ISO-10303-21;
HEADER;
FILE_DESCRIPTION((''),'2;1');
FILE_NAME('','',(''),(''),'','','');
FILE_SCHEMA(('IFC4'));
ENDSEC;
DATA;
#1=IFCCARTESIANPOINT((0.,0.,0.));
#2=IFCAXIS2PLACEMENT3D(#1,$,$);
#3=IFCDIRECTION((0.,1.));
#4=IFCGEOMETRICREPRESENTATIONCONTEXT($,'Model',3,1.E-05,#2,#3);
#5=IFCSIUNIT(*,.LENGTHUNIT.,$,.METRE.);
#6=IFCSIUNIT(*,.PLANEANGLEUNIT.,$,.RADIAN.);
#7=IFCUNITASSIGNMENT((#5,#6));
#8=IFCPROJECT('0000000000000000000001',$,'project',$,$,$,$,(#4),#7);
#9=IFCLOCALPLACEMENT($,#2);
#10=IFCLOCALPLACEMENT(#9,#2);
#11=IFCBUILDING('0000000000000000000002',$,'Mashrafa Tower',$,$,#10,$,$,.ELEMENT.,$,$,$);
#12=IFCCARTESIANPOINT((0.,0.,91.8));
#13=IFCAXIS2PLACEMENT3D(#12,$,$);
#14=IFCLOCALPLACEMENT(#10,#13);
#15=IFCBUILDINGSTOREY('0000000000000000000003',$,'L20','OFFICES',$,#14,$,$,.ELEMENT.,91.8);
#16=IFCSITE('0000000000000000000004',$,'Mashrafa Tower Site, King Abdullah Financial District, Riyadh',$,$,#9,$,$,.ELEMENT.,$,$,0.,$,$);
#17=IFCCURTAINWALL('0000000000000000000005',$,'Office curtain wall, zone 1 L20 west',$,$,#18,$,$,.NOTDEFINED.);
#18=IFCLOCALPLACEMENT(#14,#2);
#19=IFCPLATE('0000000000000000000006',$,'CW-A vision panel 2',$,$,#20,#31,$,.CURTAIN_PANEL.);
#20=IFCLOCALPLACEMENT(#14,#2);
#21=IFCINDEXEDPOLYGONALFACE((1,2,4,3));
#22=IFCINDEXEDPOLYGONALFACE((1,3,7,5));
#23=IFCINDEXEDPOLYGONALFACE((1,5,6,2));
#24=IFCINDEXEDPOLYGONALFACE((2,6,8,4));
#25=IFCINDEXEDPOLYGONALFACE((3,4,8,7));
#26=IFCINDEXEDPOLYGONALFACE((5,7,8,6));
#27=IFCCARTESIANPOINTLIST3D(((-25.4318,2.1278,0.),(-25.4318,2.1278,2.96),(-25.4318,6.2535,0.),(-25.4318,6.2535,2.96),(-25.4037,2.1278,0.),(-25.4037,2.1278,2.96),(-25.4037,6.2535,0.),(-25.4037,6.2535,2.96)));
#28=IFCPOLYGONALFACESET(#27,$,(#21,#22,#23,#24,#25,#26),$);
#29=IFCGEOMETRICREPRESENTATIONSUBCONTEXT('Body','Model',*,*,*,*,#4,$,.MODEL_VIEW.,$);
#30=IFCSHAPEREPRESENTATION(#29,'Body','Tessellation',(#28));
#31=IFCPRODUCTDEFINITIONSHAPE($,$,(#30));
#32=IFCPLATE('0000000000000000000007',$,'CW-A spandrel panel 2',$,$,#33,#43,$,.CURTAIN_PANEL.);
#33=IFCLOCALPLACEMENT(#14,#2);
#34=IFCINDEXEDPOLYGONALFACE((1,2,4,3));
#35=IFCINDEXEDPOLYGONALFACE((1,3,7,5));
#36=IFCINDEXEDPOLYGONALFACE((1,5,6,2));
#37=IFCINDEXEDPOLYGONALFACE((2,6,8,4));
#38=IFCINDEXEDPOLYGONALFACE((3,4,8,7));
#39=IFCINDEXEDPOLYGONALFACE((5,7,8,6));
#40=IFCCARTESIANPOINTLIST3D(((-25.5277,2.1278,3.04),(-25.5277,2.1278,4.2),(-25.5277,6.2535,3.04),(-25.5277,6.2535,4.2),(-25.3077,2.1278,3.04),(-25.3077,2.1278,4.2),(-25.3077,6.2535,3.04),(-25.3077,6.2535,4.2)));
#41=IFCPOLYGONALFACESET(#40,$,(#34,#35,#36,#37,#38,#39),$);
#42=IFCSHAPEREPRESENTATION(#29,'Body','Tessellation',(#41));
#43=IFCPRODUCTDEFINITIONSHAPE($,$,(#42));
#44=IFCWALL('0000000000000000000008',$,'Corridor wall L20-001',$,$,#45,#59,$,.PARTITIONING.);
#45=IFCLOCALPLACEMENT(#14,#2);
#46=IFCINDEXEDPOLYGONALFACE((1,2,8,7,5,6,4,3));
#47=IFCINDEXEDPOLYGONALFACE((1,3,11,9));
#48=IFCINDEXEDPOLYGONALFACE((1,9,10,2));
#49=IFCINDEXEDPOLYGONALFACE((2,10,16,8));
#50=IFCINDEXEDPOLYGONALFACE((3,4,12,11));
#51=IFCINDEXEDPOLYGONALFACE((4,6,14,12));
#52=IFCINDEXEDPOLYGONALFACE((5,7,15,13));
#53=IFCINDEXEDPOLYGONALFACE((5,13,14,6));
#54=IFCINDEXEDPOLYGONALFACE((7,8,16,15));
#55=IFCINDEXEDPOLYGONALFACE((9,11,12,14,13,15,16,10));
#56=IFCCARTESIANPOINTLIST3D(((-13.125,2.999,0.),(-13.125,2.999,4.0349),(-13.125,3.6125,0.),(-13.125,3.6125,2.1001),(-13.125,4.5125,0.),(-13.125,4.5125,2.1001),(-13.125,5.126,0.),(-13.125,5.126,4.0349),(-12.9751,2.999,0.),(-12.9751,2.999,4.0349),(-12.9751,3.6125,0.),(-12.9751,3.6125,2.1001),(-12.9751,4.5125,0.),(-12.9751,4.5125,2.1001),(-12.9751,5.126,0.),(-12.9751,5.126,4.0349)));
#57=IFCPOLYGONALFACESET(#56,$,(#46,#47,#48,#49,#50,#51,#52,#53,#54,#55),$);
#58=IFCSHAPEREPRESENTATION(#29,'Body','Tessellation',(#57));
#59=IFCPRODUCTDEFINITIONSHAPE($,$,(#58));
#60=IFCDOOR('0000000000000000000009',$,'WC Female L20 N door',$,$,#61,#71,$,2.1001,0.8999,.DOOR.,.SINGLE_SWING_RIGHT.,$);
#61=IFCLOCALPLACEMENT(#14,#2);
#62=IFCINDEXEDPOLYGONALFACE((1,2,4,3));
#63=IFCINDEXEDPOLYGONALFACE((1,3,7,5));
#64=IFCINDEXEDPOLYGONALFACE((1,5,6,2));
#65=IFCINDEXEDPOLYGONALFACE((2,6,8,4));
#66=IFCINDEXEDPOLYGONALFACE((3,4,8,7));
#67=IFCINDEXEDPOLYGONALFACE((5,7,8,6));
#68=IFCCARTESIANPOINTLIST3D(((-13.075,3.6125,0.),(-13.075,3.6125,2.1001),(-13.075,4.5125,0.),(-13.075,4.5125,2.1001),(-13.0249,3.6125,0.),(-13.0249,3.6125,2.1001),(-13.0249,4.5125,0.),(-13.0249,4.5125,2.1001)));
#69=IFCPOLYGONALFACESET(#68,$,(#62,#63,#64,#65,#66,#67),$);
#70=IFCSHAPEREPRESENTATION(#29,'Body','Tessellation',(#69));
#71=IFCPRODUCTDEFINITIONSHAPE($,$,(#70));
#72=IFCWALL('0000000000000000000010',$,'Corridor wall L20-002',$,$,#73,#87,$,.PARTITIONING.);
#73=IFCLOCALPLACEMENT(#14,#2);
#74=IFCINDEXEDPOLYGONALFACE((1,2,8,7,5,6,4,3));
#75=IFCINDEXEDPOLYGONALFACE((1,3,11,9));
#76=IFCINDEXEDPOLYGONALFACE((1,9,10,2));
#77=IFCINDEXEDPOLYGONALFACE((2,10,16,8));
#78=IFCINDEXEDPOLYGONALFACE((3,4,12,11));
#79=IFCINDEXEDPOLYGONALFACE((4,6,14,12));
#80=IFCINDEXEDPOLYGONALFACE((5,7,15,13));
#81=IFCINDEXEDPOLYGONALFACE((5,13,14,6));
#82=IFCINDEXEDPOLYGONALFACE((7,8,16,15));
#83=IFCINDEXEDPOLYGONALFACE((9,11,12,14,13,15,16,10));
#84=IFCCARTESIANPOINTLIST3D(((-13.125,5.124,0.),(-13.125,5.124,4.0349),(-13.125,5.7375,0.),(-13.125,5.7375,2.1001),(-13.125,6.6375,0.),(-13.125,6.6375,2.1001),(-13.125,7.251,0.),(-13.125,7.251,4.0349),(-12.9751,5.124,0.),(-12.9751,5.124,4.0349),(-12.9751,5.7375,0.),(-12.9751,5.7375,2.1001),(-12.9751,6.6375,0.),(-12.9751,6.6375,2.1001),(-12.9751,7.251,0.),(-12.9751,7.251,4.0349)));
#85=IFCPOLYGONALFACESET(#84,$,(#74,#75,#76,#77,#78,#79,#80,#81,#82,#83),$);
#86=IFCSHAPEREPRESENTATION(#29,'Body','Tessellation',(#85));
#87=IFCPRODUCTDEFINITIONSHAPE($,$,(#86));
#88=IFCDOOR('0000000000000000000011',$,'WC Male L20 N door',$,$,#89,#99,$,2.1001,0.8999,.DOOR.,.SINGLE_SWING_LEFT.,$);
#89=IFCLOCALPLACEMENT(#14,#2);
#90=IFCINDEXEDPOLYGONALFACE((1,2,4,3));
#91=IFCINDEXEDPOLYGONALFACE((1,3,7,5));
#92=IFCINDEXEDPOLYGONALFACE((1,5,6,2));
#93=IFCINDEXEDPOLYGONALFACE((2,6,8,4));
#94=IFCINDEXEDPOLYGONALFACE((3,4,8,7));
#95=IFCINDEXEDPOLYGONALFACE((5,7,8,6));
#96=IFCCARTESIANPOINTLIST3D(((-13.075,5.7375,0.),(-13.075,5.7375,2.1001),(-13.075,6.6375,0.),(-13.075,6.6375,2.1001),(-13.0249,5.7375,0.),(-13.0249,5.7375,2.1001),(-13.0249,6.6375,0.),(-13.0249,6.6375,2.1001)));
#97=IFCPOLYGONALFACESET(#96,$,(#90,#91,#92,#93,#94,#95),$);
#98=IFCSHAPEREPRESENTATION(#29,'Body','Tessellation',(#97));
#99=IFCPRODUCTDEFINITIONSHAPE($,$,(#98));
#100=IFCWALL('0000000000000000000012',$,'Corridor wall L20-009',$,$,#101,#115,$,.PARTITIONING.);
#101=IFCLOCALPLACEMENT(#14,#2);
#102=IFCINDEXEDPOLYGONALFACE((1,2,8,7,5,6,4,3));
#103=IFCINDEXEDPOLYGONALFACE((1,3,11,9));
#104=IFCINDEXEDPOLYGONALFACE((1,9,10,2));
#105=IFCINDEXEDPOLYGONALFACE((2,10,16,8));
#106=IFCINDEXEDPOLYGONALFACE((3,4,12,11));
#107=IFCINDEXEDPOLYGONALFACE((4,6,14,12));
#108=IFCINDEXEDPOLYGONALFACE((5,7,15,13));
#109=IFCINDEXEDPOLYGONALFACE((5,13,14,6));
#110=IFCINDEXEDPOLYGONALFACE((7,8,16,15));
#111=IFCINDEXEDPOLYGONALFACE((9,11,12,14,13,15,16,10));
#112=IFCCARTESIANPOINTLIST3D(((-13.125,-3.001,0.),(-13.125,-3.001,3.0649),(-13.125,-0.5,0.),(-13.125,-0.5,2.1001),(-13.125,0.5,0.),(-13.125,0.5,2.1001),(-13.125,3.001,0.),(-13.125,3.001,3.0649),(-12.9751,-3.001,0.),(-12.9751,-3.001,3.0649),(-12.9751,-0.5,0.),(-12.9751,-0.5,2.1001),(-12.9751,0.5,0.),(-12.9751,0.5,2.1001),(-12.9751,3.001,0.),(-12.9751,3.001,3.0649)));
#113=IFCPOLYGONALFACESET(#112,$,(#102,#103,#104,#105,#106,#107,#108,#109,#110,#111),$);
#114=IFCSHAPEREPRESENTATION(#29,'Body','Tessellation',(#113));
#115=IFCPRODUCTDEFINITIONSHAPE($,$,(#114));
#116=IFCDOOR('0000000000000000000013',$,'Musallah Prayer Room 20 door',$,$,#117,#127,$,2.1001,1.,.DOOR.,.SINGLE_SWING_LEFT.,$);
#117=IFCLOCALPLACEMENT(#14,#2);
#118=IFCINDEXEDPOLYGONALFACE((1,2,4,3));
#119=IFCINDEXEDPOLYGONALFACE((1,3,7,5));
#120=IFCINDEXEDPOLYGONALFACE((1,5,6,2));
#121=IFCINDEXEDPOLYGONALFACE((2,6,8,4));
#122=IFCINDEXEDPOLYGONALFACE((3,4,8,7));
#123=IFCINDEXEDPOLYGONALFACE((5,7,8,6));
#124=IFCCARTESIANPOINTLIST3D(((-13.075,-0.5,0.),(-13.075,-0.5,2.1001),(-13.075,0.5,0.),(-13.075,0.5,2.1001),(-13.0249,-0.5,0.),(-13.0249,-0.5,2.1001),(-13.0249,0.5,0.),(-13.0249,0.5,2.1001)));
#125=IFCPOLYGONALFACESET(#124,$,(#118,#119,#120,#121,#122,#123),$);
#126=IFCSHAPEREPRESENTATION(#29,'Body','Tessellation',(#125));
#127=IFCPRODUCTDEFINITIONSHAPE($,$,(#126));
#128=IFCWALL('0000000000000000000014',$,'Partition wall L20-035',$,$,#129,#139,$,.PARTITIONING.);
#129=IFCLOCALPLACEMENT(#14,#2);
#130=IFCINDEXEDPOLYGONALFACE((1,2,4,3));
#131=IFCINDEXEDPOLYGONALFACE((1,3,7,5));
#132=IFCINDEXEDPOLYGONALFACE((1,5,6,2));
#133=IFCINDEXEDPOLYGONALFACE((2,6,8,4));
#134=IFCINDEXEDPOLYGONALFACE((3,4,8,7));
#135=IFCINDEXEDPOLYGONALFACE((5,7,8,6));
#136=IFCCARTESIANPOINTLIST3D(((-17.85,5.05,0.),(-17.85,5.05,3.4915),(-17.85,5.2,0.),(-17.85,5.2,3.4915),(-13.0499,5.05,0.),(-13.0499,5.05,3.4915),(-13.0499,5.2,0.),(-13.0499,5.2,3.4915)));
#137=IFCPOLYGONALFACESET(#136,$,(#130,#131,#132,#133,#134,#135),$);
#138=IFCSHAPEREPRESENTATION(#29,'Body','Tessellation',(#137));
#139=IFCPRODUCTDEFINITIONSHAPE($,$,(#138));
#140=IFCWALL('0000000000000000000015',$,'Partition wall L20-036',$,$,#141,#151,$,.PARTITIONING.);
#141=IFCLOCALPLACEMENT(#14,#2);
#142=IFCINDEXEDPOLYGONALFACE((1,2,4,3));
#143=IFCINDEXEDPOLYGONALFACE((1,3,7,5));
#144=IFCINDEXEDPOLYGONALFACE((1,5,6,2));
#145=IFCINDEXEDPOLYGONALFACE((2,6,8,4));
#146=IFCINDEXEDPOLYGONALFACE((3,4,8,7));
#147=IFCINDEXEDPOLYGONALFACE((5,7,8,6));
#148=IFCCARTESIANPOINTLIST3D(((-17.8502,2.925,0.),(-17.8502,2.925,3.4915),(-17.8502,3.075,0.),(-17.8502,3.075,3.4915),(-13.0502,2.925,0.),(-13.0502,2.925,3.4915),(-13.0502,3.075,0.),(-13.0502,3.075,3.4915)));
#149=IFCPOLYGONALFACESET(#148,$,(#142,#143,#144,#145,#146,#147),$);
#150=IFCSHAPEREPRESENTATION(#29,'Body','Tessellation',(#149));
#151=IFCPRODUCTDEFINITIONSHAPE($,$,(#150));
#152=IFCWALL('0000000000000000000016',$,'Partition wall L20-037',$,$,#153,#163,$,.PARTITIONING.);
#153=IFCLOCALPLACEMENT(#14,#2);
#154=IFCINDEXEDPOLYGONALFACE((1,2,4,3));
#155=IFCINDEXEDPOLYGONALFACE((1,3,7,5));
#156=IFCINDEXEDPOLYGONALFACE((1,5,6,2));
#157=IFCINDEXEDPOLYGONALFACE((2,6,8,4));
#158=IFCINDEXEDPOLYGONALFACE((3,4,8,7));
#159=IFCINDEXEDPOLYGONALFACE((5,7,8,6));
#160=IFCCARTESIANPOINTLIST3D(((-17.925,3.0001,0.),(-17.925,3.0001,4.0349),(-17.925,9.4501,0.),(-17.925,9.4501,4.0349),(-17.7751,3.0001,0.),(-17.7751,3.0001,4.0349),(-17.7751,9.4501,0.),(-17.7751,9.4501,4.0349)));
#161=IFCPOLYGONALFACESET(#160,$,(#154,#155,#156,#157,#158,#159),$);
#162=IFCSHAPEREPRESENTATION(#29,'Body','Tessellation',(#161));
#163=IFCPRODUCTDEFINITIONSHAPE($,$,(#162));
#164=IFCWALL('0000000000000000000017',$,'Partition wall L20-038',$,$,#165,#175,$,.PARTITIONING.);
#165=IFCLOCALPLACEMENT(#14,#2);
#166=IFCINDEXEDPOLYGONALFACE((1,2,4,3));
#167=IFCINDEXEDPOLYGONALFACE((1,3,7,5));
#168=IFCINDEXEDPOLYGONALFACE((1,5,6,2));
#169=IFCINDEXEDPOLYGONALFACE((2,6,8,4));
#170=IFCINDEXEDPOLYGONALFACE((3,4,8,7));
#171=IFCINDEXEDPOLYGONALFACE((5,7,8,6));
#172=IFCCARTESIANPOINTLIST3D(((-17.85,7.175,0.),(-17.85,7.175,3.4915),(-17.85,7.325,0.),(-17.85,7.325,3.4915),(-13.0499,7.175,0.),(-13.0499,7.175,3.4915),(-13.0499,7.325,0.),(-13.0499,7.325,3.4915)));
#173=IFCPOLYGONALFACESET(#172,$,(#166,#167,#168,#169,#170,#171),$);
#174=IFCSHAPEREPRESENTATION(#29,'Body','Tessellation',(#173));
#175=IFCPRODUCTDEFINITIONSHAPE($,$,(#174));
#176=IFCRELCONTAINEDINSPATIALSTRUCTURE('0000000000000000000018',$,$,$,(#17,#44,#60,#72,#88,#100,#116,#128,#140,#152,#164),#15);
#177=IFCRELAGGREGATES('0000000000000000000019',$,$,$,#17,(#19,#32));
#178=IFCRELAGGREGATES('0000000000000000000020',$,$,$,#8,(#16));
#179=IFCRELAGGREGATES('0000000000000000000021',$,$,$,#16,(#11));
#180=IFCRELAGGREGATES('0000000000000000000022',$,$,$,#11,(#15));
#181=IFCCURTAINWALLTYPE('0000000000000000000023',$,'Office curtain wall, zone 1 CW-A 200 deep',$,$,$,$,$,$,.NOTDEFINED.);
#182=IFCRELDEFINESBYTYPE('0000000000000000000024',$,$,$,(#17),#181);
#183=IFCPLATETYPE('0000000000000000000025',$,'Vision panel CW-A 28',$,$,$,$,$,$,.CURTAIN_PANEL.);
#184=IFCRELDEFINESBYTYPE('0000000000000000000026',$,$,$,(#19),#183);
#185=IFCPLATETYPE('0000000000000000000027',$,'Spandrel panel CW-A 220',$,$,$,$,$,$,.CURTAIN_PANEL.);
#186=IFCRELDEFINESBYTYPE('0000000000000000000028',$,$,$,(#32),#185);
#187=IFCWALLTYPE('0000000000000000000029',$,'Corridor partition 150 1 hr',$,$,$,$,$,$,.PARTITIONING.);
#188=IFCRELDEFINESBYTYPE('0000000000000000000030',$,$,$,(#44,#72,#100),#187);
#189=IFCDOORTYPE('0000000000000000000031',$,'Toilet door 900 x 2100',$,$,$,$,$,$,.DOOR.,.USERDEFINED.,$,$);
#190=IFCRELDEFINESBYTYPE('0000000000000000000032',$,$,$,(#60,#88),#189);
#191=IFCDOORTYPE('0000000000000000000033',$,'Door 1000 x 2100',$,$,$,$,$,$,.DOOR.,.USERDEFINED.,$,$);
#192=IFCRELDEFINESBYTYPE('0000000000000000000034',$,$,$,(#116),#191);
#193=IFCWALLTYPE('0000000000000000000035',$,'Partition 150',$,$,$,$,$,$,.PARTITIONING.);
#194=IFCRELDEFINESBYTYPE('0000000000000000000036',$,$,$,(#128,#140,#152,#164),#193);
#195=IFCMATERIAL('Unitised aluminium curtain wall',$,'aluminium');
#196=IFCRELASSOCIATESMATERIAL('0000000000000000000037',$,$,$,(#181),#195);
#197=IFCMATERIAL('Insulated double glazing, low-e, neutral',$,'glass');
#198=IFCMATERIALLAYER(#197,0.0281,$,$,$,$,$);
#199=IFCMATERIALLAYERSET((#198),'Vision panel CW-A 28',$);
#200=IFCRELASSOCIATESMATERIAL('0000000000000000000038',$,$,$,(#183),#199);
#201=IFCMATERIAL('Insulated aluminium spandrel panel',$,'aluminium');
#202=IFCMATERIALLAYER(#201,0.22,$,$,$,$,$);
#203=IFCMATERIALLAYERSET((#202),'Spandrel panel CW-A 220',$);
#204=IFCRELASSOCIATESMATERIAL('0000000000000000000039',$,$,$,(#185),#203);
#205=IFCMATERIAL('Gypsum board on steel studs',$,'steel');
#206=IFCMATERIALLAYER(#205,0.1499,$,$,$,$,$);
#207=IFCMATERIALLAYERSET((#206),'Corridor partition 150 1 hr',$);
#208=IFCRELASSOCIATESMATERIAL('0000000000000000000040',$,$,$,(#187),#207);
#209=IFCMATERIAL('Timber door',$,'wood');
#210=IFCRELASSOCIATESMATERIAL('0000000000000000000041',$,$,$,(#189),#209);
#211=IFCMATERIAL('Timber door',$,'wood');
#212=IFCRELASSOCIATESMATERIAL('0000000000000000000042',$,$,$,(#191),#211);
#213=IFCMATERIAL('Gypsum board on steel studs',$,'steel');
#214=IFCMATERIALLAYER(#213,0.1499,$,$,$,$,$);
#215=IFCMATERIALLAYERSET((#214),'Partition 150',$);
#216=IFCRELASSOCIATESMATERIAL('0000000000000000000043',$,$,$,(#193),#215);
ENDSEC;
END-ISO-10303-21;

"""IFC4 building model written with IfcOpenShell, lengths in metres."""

from ifc_helpers import new_model, si_unit, direction, frame, frame_2d, origin, origin_2d, place, context, subcontext, project, spatial, rectangle, extrude, source, transform, mapped, material, layer, layer_set, type_object, element, fill, aggregate, save


model = new_model("IFC4")

# Units and contexts
model_context = context("Model", 3, precision=1e-05, world=origin(), true_north=direction((0.0, 1.0)))
body_context = subcontext(model_context, "Body", "Model", "MODEL_VIEW")
ifc_project = project(units=[si_unit("LENGTHUNIT", "METRE"), si_unit("PLANEANGLEUNIT", "RADIAN")], contexts=[model_context])

# Site, building, storey
site_placement = place(None, origin())
site = spatial("IfcSite", under=ifc_project, at=site_placement, Name="Mashrafa Tower Site, King Abdullah Financial District, Riyadh", CompositionType="ELEMENT", RefElevation=0.0)
building_placement = place(site_placement, origin())
building = spatial("IfcBuilding", under=site, at=building_placement, Name="Mashrafa Tower", CompositionType="ELEMENT")
storey_placement = place(building_placement, frame((0.0, 0.0, 91.8)))
storey = spatial("IfcBuildingStorey", under=building, at=storey_placement, Name="L20", Description="OFFICES", CompositionType="ELEMENT", Elevation=91.8)

# Curtain wall, plates
ifc_material_1 = material(Name="Unitised aluminium curtain wall", Category="aluminium")
curtain_wall_type = type_object("IfcCurtainWallType", Name="Office curtain wall, zone 1 CW-A 200 deep", PredefinedType="NOTDEFINED", material=ifc_material_1)
curtain_wall_placement = place(storey_placement, origin())
curtain_wall = element("IfcCurtainWall", 1, at=curtain_wall_placement, inside=storey, type_object=curtain_wall_type, Name="Office curtain wall, zone 1 L20 west", PredefinedType="NOTDEFINED")
ifc_material_2 = material(Name="Insulated double glazing, low-e, neutral", Category="glass")
ifc_layer_1 = layer(ifc_material_2, 0.0281)
ifc_layer_set_1 = layer_set([ifc_layer_1], Name="Vision panel CW-A 28")
plate_type_1 = type_object("IfcPlateType", Name="Vision panel CW-A 28", PredefinedType="CURTAIN_PANEL", material=ifc_layer_set_1)
ifc_material_3 = material(Name="Insulated aluminium spandrel panel", Category="aluminium")
ifc_layer_2 = layer(ifc_material_3, 0.22)
ifc_layer_set_2 = layer_set([ifc_layer_2], Name="Spandrel panel CW-A 220")
plate_type_2 = type_object("IfcPlateType", Name="Spandrel panel CW-A 220", PredefinedType="CURTAIN_PANEL", material=ifc_layer_set_2)
shared_shape_1 = source(origin(), body_context, "Body", "SweptSolid", [
    extrude(rectangle(XDim=4.1257, YDim=0.0281, at=origin_2d()), origin(), (0.0, 0.0, 1.0), 2.96),
])
plate_1_placement = place(storey_placement, frame((-25.4177, 4.1907, 0.0), z_axis=(0.0, 0.0, 1.0), x_axis=(0.0, -1.0, 0.0)))
plate_1 = element("IfcPlate", 2, at=plate_1_placement, type_object=plate_type_1, Name="CW-A vision panel 2", PredefinedType="CURTAIN_PANEL", context=body_context, shape_type="MappedRepresentation", body=[
    mapped(shared_shape_1, transform((0.0, 0.0, 0.0))),
])
shared_shape_2 = source(origin(), body_context, "Body", "SweptSolid", [
    extrude(rectangle(XDim=4.1257, YDim=0.22, at=origin_2d()), origin(), (0.0, 0.0, 1.0), 1.1599),
])
plate_2_placement = place(storey_placement, frame((-25.4177, 4.1907, 3.04), z_axis=(0.0, 0.0, 1.0), x_axis=(0.0, -1.0, 0.0)))
plate_2 = element("IfcPlate", 3, at=plate_2_placement, type_object=plate_type_2, Name="CW-A spandrel panel 2", PredefinedType="CURTAIN_PANEL", context=body_context, shape_type="MappedRepresentation", body=[
    mapped(shared_shape_2, transform((0.0, 0.0, 0.0))),
])
aggregate(curtain_wall, [plate_1, plate_2])

# Walls, openings, doors
ifc_material_4 = material(Name="Gypsum board on steel studs", Category="steel")
ifc_layer_3 = layer(ifc_material_4, 0.1499)
ifc_layer_set_3 = layer_set([ifc_layer_3], Name="Corridor partition 150 1 hr")
wall_type_1 = type_object("IfcWallType", Name="Corridor partition 150 1 hr", PredefinedType="PARTITIONING", material=ifc_layer_set_3)
wall_1_placement = place(storey_placement, frame((-13.05, 5.126, 0.0), z_axis=(0.0, 0.0, 1.0), x_axis=(0.0, -1.0, 0.0)))
wall_1 = element("IfcWall", 4, at=wall_1_placement, inside=storey, type_object=wall_type_1, Name="Corridor wall L20-001", PredefinedType="PARTITIONING", context=body_context, shape_type="SweptSolid", body=[
    extrude(rectangle(XDim=2.127, YDim=0.1499, at=frame_2d((1.0635, 0.0))), origin(), (0.0, 0.0, 1.0), 4.0349),
])
opening_1_placement = place(wall_1_placement, frame((0.6135, 0.0, 0.0)))
opening_1 = element("IfcOpeningElement", 5, at=opening_1_placement, cuts=wall_1, PredefinedType="OPENING", context=body_context, shape_type="SweptSolid", body=[
    extrude(rectangle(XDim=0.8999, YDim=2.1001, at=frame_2d((0.45, 1.05))), frame((0.0, 0.085, 0.0), z_axis=(0.0, -1.0, 0.0), x_axis=(1.0, 0.0, 0.0)), (0.0, 0.0, 1.0), 0.1699),
])
ifc_material_5 = material(Name="Timber door", Category="wood")
door_type_1 = type_object("IfcDoorType", Name="Toilet door 900 x 2100", OperationType="USERDEFINED", PredefinedType="DOOR", material=ifc_material_5)
door_1_placement = place(opening_1_placement, frame((0.8999, 0.0, 0.0), z_axis=(0.0, 0.0, 1.0), x_axis=(-1.0, 0.0, 0.0)))
door_1 = element("IfcDoor", 6, at=door_1_placement, inside=storey, type_object=door_type_1, Name="WC Female L20 N door", OperationType="SINGLE_SWING_RIGHT", OverallHeight=2.1001, OverallWidth=0.8999, PredefinedType="DOOR", context=body_context, shape_type="SweptSolid", body=[
    extrude(rectangle(XDim=0.8999, YDim=2.1001, at=frame_2d((0.45, 1.05))), frame((0.0, 0.0249, 0.0), z_axis=(0.0, -1.0, 0.0), x_axis=(1.0, 0.0, 0.0)), (0.0, 0.0, 1.0), 0.05),
])
fill(opening_1, door_1)
wall_2_placement = place(storey_placement, frame((-13.05, 7.251, 0.0), z_axis=(0.0, 0.0, 1.0), x_axis=(0.0, -1.0, 0.0)))
wall_2 = element("IfcWall", 7, at=wall_2_placement, inside=storey, type_object=wall_type_1, Name="Corridor wall L20-002", PredefinedType="PARTITIONING", context=body_context, shape_type="SweptSolid", body=[
    extrude(rectangle(XDim=2.127, YDim=0.1499, at=frame_2d((1.0635, 0.0))), origin(), (0.0, 0.0, 1.0), 4.0349),
])
opening_2_placement = place(wall_2_placement, frame((0.6135, 0.0, 0.0)))
opening_2 = element("IfcOpeningElement", 8, at=opening_2_placement, cuts=wall_2, PredefinedType="OPENING", context=body_context, shape_type="SweptSolid", body=[
    extrude(rectangle(XDim=0.8999, YDim=2.1001, at=frame_2d((0.45, 1.05))), frame((0.0, 0.085, 0.0), z_axis=(0.0, -1.0, 0.0), x_axis=(1.0, 0.0, 0.0)), (0.0, 0.0, 1.0), 0.1699),
])
door_2_placement = place(opening_2_placement, frame((0.8999, 0.0, 0.0), z_axis=(0.0, 0.0, 1.0), x_axis=(-1.0, 0.0, 0.0)))
door_2 = element("IfcDoor", 9, at=door_2_placement, inside=storey, type_object=door_type_1, Name="WC Male L20 N door", OperationType="SINGLE_SWING_LEFT", OverallHeight=2.1001, OverallWidth=0.8999, PredefinedType="DOOR", context=body_context, shape_type="SweptSolid", body=[
    extrude(rectangle(XDim=0.8999, YDim=2.1001, at=frame_2d((0.45, 1.05))), frame((0.0, 0.0249, 0.0), z_axis=(0.0, -1.0, 0.0), x_axis=(1.0, 0.0, 0.0)), (0.0, 0.0, 1.0), 0.05),
])
fill(opening_2, door_2)
wall_3_placement = place(storey_placement, frame((-13.05, 3.001, 0.0), z_axis=(0.0, 0.0, 1.0), x_axis=(0.0, -1.0, 0.0)))
wall_3 = element("IfcWall", 10, at=wall_3_placement, inside=storey, type_object=wall_type_1, Name="Corridor wall L20-009", PredefinedType="PARTITIONING", context=body_context, shape_type="SweptSolid", body=[
    extrude(rectangle(XDim=6.002, YDim=0.1499, at=frame_2d((3.001, 0.0))), origin(), (0.0, 0.0, 1.0), 3.0649),
])
opening_3_placement = place(wall_3_placement, frame((2.501, 0.0, 0.0)))
opening_3 = element("IfcOpeningElement", 11, at=opening_3_placement, cuts=wall_3, PredefinedType="OPENING", context=body_context, shape_type="SweptSolid", body=[
    extrude(rectangle(XDim=1.0, YDim=2.1001, at=frame_2d((0.5, 1.05))), frame((0.0, 0.085, 0.0), z_axis=(0.0, -1.0, 0.0), x_axis=(1.0, 0.0, 0.0)), (0.0, 0.0, 1.0), 0.1699),
])
ifc_material_6 = material(Name="Timber door", Category="wood")
door_type_2 = type_object("IfcDoorType", Name="Door 1000 x 2100", OperationType="USERDEFINED", PredefinedType="DOOR", material=ifc_material_6)
door_3_placement = place(opening_3_placement, frame((1.0, 0.0, 0.0), z_axis=(0.0, 0.0, 1.0), x_axis=(-1.0, 0.0, 0.0)))
door_3 = element("IfcDoor", 12, at=door_3_placement, inside=storey, type_object=door_type_2, Name="Musallah Prayer Room 20 door", OperationType="SINGLE_SWING_LEFT", OverallHeight=2.1001, OverallWidth=1.0, PredefinedType="DOOR", context=body_context, shape_type="SweptSolid", body=[
    extrude(rectangle(XDim=1.0, YDim=2.1001, at=frame_2d((0.5, 1.05))), frame((0.0, 0.0249, 0.0), z_axis=(0.0, -1.0, 0.0), x_axis=(1.0, 0.0, 0.0)), (0.0, 0.0, 1.0), 0.05),
])
fill(opening_3, door_3)

# Walls
ifc_material_7 = material(Name="Gypsum board on steel studs", Category="steel")
ifc_layer_4 = layer(ifc_material_7, 0.1499)
ifc_layer_set_4 = layer_set([ifc_layer_4], Name="Partition 150")
wall_type_2 = type_object("IfcWallType", Name="Partition 150", PredefinedType="PARTITIONING", material=ifc_layer_set_4)
for number, where, z_axis, x_axis, name in (
    (13, (-13.05, 5.125, 0.0), (0.0, 0.0, 1.0), (-1.0, 0.0, 0.0), "Partition wall L20-035"),
    (14, (-17.8501, 3.0, 0.0), (0.0, 0.0, 1.0), (1.0, 0.0, 0.0), "Partition wall L20-036"),
):
    element("IfcWall", number, at=place(storey_placement, frame(where, z_axis=z_axis, x_axis=x_axis)), inside=storey, type_object=wall_type_2, Name=name, PredefinedType="PARTITIONING", context=body_context, shape_type="SweptSolid", body=[
        extrude(rectangle(XDim=4.8, YDim=0.1499, at=frame_2d((2.3999, 0.0))), origin(), (0.0, 0.0, 1.0), 3.4915),
    ])
wall_4_placement = place(storey_placement, frame((-17.8501, 3.0, 0.0), z_axis=(0.0, 0.0, 1.0), x_axis=(0.0, 1.0, 0.0)))
element("IfcWall", 15, at=wall_4_placement, inside=storey, type_object=wall_type_2, Name="Partition wall L20-037", PredefinedType="PARTITIONING", context=body_context, shape_type="SweptSolid", body=[
    extrude(rectangle(XDim=6.45, YDim=0.1499, at=frame_2d((3.2251, 0.0))), origin(), (0.0, 0.0, 1.0), 4.0349),
])
for number, where, z_axis, x_axis, name in (
    (16, (-13.05, 7.25, 0.0), (0.0, 0.0, 1.0), (-1.0, 0.0, 0.0), "Partition wall L20-038"),
):
    element("IfcWall", number, at=place(storey_placement, frame(where, z_axis=z_axis, x_axis=x_axis)), inside=storey, type_object=wall_type_2, Name=name, PredefinedType="PARTITIONING", context=body_context, shape_type="SweptSolid", body=[
        extrude(rectangle(XDim=4.8, YDim=0.1499, at=frame_2d((2.3999, 0.0))), origin(), (0.0, 0.0, 1.0), 3.4915),
    ])

save(model, "model.ifc")
